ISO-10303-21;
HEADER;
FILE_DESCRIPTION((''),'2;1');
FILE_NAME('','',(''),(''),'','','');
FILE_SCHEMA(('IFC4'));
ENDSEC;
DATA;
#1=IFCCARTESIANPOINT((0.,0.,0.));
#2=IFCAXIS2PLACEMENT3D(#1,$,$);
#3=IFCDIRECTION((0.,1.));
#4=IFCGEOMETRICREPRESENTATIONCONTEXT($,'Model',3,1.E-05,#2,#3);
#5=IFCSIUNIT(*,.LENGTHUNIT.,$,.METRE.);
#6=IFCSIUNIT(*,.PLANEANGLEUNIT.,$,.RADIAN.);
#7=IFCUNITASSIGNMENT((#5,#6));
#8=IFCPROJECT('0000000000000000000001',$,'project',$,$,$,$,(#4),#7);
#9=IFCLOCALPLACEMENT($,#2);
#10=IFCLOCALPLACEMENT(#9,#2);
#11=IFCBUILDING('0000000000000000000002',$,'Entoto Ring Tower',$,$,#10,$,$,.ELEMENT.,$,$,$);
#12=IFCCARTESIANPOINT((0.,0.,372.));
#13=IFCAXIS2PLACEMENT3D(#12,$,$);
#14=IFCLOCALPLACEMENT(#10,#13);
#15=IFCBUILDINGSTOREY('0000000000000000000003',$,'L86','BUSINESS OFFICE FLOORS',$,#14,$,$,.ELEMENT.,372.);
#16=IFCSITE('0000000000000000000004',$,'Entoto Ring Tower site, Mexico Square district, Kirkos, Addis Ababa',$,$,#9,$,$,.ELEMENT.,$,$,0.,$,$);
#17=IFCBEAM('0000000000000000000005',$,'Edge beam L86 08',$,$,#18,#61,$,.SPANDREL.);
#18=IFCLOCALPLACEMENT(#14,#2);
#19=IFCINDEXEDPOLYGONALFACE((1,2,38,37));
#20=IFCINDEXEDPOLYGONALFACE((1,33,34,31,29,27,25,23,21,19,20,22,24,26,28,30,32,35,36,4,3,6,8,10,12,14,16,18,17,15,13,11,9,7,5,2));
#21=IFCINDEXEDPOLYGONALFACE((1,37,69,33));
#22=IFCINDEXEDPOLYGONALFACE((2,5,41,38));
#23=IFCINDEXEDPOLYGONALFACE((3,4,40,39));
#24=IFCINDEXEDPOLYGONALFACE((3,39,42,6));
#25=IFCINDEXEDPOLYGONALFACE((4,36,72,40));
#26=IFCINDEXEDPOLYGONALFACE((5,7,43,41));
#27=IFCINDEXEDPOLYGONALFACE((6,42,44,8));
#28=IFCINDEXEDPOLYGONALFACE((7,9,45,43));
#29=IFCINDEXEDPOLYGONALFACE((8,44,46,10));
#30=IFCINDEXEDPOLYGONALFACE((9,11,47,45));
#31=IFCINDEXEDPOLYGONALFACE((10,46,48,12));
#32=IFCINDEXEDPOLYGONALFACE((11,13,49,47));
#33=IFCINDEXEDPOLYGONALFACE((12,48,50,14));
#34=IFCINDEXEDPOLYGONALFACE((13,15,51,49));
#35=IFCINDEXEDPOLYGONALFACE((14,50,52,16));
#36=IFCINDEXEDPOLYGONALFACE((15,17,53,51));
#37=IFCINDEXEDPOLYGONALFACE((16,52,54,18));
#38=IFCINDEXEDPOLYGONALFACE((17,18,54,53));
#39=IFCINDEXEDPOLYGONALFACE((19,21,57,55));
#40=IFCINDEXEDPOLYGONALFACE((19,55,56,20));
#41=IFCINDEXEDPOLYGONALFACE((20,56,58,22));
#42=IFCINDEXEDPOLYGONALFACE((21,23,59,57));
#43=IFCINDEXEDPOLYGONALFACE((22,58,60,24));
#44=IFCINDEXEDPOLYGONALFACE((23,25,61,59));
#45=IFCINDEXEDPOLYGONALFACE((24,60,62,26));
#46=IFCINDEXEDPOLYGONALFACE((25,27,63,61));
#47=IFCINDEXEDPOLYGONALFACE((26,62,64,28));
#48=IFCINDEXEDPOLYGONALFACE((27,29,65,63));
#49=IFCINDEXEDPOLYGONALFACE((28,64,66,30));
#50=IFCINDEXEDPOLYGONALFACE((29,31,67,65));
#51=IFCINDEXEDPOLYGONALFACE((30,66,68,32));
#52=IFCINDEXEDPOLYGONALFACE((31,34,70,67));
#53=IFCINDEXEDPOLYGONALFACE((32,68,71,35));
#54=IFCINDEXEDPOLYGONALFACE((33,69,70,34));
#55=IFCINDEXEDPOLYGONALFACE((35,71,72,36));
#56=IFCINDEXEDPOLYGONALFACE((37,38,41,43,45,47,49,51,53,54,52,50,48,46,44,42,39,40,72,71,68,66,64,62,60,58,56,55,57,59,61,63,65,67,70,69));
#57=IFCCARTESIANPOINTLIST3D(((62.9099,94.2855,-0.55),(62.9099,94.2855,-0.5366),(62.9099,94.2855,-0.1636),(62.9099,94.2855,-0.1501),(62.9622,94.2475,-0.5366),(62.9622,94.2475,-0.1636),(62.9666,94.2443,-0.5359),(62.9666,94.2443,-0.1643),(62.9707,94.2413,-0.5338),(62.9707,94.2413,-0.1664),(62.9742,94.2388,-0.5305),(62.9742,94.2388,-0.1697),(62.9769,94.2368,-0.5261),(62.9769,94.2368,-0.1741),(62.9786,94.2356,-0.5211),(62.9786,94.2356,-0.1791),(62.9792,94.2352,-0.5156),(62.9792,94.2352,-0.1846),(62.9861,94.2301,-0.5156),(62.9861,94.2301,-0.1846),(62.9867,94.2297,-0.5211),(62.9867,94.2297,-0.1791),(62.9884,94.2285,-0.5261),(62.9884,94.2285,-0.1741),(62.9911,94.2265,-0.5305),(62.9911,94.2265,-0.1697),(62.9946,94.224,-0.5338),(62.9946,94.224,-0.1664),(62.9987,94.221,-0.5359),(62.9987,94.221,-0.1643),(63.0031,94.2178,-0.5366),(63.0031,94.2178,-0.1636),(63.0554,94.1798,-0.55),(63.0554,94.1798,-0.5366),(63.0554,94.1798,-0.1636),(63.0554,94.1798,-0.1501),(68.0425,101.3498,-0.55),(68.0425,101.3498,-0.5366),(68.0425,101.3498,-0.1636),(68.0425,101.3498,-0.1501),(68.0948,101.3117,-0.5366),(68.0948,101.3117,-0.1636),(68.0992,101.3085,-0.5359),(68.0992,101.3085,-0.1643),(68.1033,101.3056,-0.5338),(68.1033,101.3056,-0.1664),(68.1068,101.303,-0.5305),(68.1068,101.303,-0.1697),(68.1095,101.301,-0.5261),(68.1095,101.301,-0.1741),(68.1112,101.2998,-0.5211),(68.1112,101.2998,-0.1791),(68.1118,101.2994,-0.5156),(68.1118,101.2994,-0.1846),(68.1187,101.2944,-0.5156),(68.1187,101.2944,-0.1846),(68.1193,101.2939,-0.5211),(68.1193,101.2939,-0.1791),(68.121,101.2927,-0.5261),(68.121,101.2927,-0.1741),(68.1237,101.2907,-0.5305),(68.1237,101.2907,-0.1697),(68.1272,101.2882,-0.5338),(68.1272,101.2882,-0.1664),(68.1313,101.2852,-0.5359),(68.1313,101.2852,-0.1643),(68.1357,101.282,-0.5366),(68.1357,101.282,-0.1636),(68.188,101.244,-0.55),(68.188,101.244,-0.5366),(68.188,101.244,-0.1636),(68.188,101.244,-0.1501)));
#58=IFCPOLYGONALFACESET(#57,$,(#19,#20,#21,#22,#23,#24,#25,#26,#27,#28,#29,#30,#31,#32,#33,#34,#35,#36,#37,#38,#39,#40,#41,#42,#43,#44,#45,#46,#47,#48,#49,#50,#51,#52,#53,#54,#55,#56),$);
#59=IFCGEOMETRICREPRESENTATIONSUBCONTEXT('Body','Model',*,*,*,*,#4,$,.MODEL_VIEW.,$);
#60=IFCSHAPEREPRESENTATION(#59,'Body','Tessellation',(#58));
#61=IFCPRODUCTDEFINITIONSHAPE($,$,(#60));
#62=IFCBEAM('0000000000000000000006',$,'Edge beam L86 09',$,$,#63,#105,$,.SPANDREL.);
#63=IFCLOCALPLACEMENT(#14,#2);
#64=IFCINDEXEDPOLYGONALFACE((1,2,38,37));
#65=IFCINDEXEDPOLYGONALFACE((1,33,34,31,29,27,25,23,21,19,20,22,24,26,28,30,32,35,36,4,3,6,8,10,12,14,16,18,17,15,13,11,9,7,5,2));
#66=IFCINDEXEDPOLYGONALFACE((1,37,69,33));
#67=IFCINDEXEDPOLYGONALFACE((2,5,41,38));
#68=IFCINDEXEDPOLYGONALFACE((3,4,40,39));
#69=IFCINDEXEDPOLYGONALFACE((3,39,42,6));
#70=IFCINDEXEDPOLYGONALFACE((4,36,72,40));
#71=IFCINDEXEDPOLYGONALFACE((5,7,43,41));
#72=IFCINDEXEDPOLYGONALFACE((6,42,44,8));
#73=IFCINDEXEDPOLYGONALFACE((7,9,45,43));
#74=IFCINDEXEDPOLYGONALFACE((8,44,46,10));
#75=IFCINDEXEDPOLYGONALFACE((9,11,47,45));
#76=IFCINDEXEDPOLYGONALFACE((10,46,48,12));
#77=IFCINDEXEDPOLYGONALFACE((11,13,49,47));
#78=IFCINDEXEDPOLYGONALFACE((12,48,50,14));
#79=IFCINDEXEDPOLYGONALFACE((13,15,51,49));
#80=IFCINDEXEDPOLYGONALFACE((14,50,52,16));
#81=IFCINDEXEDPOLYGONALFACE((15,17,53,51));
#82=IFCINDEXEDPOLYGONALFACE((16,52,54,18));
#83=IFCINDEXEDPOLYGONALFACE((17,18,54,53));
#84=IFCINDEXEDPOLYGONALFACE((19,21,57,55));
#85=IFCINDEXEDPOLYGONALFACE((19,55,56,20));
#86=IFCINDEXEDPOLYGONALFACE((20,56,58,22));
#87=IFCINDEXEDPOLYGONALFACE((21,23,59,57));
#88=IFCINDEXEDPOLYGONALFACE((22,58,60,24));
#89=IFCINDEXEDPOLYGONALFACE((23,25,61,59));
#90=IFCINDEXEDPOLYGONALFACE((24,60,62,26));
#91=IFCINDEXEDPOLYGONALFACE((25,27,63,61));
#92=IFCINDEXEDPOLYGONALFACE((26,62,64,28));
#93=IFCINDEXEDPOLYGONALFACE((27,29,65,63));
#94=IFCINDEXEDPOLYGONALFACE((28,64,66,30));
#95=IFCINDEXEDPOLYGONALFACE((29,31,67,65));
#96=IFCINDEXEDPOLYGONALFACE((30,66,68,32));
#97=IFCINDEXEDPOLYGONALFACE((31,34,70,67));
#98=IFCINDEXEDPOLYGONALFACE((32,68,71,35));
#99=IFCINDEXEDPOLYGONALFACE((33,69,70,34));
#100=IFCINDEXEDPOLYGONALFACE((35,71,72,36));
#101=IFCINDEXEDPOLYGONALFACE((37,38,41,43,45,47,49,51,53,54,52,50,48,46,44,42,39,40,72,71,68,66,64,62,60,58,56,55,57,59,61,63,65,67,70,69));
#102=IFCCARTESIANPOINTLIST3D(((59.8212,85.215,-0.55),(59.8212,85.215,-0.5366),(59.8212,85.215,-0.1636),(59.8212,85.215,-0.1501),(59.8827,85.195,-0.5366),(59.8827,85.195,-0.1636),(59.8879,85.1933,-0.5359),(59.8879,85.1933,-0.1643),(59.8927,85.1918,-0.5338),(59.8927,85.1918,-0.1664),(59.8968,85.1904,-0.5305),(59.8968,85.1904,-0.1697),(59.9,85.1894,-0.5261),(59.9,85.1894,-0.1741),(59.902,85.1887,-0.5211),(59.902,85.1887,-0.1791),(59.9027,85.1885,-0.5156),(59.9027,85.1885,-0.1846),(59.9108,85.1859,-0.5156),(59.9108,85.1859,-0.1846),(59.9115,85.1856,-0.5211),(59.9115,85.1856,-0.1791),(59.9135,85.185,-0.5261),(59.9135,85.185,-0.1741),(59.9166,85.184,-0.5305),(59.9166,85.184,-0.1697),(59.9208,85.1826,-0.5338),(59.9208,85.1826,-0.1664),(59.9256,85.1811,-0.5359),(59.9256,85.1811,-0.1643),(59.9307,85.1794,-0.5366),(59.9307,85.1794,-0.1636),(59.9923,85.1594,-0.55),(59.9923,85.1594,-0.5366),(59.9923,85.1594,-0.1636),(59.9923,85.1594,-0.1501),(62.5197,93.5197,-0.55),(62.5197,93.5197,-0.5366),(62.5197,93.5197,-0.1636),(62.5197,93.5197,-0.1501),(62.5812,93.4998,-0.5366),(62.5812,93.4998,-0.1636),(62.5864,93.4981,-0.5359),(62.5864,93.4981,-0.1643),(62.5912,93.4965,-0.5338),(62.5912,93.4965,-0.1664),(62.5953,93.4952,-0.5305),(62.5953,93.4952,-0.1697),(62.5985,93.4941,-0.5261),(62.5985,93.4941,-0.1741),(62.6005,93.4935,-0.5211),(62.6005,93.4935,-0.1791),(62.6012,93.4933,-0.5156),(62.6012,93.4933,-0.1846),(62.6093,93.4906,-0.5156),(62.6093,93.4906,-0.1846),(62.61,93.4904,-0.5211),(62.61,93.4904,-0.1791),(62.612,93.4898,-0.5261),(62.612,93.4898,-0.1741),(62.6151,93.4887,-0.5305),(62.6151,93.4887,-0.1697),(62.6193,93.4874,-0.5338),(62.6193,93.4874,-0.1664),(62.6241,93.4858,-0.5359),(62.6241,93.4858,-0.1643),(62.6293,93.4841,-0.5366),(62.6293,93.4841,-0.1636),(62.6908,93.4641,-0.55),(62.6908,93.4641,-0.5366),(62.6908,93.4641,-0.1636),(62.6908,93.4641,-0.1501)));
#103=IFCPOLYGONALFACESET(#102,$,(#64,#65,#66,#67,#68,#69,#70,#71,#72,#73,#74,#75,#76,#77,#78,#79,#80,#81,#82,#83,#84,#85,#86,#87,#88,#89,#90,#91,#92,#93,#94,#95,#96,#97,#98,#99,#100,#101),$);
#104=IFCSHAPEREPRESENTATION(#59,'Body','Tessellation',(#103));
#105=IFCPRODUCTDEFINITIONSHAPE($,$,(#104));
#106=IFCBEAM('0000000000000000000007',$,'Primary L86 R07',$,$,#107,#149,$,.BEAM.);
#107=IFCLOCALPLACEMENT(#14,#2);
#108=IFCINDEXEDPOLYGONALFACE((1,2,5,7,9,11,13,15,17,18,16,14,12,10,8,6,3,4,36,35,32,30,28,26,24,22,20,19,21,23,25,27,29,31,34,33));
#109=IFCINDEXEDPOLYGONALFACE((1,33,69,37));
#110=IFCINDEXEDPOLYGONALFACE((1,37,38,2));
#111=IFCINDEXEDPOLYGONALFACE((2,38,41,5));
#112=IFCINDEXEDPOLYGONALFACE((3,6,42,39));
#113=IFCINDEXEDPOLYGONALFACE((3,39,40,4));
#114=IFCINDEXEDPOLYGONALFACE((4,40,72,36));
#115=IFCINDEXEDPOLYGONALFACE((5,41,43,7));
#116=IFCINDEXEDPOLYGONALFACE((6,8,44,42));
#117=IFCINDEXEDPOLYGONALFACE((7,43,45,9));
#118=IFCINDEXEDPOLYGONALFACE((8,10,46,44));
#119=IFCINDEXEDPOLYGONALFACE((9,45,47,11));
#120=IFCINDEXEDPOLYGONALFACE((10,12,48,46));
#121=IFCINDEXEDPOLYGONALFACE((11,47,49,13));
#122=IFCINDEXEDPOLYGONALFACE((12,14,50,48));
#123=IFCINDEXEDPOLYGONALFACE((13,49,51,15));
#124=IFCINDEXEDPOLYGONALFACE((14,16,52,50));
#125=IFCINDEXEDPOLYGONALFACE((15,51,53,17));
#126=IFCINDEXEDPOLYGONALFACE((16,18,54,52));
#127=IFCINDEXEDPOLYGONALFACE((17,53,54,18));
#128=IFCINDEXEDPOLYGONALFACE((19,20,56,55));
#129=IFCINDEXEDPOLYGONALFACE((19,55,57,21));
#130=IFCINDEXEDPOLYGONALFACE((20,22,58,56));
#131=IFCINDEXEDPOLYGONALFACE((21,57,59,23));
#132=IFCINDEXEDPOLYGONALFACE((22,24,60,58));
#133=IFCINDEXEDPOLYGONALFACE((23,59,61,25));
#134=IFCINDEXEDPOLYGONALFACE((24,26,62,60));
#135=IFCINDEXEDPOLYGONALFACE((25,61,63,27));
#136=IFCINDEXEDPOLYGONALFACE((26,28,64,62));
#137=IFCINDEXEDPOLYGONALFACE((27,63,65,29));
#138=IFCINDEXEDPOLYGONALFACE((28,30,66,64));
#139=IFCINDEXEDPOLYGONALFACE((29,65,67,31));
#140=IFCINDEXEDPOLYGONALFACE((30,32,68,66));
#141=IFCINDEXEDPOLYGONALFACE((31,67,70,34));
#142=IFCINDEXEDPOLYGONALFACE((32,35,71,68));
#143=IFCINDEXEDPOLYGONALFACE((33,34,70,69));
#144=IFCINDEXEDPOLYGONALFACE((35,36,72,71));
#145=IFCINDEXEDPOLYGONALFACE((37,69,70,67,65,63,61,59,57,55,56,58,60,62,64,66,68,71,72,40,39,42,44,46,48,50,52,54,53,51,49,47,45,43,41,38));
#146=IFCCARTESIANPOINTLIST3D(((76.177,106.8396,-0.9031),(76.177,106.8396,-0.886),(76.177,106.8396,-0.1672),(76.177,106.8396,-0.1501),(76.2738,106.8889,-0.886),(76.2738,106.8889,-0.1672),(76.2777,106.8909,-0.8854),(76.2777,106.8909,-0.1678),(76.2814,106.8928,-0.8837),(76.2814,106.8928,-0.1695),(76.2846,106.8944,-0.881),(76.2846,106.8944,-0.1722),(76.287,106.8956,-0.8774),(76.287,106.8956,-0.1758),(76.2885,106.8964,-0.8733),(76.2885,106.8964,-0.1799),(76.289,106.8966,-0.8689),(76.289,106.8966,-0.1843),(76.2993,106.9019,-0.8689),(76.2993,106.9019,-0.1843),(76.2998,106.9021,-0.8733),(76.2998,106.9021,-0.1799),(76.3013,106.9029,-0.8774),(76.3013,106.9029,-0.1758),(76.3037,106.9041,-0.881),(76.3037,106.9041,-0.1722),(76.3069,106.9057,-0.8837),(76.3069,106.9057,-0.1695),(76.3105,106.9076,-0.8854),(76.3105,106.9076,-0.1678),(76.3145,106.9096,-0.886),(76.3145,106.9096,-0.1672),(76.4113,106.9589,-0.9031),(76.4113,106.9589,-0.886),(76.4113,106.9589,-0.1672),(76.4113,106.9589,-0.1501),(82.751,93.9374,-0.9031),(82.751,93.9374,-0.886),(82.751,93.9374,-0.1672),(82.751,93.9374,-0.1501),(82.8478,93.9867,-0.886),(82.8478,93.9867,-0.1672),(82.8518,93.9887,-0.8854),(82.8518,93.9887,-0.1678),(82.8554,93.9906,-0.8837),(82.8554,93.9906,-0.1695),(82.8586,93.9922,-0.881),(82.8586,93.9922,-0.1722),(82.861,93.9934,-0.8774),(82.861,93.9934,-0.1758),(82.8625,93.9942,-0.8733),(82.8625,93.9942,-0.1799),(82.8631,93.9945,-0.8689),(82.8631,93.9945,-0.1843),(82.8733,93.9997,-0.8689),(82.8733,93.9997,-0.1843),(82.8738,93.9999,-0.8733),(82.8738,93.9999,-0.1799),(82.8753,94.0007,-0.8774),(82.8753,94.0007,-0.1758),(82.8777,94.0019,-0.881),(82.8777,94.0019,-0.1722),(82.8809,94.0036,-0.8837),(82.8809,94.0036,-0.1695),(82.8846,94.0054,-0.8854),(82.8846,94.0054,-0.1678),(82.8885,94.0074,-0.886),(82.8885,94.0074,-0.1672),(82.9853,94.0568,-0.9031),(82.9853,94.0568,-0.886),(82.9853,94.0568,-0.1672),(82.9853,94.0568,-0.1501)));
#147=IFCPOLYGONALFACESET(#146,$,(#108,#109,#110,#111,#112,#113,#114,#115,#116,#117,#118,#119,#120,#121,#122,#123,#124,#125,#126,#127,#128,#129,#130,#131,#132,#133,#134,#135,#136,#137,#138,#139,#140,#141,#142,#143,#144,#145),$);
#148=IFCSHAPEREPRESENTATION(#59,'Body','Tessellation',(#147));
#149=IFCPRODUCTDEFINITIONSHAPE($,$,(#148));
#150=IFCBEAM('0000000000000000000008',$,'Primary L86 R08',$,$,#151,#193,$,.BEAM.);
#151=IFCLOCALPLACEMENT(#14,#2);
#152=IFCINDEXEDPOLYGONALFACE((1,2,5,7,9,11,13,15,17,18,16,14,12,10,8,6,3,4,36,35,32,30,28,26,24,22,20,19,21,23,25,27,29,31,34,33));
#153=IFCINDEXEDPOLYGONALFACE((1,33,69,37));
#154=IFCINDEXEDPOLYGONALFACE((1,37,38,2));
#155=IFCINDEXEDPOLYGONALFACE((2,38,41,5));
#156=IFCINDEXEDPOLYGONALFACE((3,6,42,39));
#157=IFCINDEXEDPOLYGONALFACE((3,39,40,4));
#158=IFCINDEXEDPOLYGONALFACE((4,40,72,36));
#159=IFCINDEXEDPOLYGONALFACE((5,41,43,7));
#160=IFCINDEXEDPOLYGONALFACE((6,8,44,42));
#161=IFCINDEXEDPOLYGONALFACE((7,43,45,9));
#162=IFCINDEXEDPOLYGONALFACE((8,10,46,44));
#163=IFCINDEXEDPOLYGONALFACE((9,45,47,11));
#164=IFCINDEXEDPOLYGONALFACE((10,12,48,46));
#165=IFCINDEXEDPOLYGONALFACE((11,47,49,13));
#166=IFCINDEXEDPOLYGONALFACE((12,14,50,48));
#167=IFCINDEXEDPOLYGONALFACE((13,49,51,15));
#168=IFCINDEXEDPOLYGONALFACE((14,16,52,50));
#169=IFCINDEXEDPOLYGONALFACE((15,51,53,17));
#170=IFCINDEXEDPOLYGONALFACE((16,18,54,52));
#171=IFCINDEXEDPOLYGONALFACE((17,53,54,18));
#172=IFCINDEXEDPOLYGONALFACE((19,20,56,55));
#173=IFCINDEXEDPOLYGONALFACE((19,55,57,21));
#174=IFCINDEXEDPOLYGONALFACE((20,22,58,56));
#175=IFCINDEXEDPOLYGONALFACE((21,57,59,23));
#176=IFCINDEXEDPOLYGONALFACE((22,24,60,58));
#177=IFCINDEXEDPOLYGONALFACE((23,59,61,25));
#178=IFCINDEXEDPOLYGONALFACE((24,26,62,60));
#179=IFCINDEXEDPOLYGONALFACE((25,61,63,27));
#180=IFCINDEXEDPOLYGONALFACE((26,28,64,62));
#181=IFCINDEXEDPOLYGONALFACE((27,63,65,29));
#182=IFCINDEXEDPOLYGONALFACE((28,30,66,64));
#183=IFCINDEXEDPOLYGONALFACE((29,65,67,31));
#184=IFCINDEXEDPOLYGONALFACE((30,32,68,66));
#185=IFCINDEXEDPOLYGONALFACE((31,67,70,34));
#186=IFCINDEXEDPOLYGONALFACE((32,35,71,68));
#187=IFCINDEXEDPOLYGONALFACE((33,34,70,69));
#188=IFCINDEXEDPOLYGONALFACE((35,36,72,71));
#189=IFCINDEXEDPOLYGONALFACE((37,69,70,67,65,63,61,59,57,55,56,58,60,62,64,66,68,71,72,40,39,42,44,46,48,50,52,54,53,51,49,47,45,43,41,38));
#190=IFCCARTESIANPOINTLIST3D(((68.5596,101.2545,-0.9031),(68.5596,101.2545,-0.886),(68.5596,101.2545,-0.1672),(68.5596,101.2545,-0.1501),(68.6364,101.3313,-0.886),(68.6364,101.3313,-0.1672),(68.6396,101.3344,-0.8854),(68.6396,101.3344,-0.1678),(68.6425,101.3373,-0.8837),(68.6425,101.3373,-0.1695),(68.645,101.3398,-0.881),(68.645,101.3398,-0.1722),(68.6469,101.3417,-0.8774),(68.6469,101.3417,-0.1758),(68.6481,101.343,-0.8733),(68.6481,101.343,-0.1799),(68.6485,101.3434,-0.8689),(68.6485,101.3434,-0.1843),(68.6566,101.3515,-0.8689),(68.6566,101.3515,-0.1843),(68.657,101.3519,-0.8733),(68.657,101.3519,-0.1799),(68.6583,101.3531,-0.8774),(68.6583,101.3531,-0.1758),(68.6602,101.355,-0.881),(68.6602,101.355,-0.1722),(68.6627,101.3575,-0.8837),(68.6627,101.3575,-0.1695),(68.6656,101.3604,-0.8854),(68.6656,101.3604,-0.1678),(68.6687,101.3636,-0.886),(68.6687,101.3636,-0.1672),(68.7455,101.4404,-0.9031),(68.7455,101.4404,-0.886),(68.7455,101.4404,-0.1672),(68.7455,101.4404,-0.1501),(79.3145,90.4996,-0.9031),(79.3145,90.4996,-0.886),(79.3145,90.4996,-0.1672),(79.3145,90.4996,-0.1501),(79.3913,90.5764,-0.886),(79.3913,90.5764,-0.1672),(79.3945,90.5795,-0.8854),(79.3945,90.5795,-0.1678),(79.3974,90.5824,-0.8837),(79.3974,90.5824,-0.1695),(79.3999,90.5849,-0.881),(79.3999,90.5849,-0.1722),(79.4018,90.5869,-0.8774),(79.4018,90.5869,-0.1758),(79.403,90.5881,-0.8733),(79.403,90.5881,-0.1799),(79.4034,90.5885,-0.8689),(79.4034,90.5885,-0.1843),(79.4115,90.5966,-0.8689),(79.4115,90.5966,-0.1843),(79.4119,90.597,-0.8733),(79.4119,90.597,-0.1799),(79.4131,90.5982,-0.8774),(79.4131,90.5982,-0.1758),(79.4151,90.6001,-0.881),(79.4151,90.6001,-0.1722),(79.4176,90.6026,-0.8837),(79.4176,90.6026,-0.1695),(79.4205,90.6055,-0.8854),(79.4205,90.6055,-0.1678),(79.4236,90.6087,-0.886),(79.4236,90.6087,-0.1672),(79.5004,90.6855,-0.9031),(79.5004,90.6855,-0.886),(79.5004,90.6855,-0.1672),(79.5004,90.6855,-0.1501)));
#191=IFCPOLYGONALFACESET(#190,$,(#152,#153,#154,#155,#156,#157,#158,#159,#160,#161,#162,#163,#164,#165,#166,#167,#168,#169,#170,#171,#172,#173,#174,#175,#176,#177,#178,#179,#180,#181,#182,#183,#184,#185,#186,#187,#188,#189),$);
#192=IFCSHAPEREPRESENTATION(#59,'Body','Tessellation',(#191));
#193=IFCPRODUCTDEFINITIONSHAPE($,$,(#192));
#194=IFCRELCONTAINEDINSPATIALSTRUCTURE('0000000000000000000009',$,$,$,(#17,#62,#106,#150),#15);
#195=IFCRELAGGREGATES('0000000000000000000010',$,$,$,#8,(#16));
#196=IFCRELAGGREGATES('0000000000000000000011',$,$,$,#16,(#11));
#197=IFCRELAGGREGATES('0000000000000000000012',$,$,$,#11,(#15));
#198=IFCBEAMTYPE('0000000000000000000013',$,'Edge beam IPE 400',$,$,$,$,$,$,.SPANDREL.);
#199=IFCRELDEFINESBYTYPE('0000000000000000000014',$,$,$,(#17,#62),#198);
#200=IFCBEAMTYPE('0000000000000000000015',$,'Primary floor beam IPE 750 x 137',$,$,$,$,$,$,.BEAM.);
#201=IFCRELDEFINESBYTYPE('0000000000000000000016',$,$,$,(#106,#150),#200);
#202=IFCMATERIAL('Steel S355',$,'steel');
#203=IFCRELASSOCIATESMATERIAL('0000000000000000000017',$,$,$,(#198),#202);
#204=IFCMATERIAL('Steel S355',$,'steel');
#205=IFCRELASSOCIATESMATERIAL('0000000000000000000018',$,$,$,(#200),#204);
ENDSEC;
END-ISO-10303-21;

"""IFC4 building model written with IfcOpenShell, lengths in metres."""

from ifc_helpers import new_model, si_unit, direction, frame, origin, origin_2d, place, context, subcontext, project, spatial, i_section, extrude, material, material_profile, profile_set, type_object, element, save


model = new_model("IFC4")

# Units and contexts
model_context = context("Model", 3, precision=1e-05, world=origin(), true_north=direction((0.0, 1.0)))
body_context = subcontext(model_context, "Body", "Model", "MODEL_VIEW")
ifc_project = project(units=[si_unit("LENGTHUNIT", "METRE"), si_unit("PLANEANGLEUNIT", "RADIAN")], contexts=[model_context])

# Site, building, storey
site_placement = place(None, origin())
site = spatial("IfcSite", under=ifc_project, at=site_placement, Name="Entoto Ring Tower site, Mexico Square district, Kirkos, Addis Ababa", CompositionType="ELEMENT", RefElevation=0.0)
building_placement = place(site_placement, origin())
building = spatial("IfcBuilding", under=site, at=building_placement, Name="Entoto Ring Tower", CompositionType="ELEMENT")
storey_placement = place(building_placement, frame((0.0, 0.0, 372.0)))
storey = spatial("IfcBuildingStorey", under=building, at=storey_placement, Name="L86", Description="BUSINESS OFFICE FLOORS", CompositionType="ELEMENT", Elevation=372.0)

# Beams
ifc_material_1 = material(Name="Steel S355", Category="steel")
ifc_material_profile_1 = material_profile(ifc_material_1, i_section(OverallWidth=0.1799, OverallDepth=0.3999, WebThickness=0.0085, FlangeThickness=0.0134, FilletRadius=0.021, at=origin_2d()), Name="IPE 400")
ifc_profile_set_1 = profile_set([ifc_material_profile_1], Name="Steel S355")
beam_type_1 = type_object("IfcBeamType", Name="Edge beam IPE 400", PredefinedType="SPANDREL", material=ifc_profile_set_1)
for number, where, z_axis, x_axis, name in (
    (1, (68.1152, 101.2969, -0.3501), (-0.587794, -0.80901, 0.0), (0.80901, -0.587794, 0.0), "Edge beam L86 08"),
):
    element("IfcBeam", number, at=place(storey_placement, frame(where, z_axis=z_axis, x_axis=x_axis)), inside=storey, type_object=beam_type_1, Name=name, PredefinedType="SPANDREL", context=body_context, shape_type="SweptSolid", body=[
        extrude(i_section(OverallWidth=0.1799, OverallDepth=0.3999, WebThickness=0.0085, FlangeThickness=0.0134, FilletRadius=0.021, at=origin_2d()), origin(), (0.0, 0.0, 1.0), 8.7319),
    ])
beam_1_placement = place(storey_placement, frame((62.6052, 93.4919, -0.3501), z_axis=(-0.30903, -0.951052, 0.0), x_axis=(0.951052, -0.30903, 0.0)))
element("IfcBeam", 2, at=beam_1_placement, inside=storey, type_object=beam_type_1, Name="Edge beam L86 09", PredefinedType="SPANDREL", context=body_context, shape_type="SweptSolid", body=[
    extrude(i_section(OverallWidth=0.1799, OverallDepth=0.3999, WebThickness=0.0085, FlangeThickness=0.0134, FilletRadius=0.021, at=origin_2d()), origin(), (0.0, 0.0, 1.0), 8.7322),
])
ifc_material_2 = material(Name="Steel S355", Category="steel")
ifc_material_profile_2 = material_profile(ifc_material_2, i_section(OverallWidth=0.2629, OverallDepth=0.7529, WebThickness=0.0115, FlangeThickness=0.0171, FilletRadius=0.0171, at=origin_2d()), Name="IPE 750 x 137")
ifc_profile_set_2 = profile_set([ifc_material_profile_2], Name="Steel S355")
beam_type_2 = type_object("IfcBeamType", Name="Primary floor beam IPE 750 x 137", PredefinedType="BEAM", material=ifc_profile_set_2)
beam_2_placement = place(storey_placement, frame((82.8682, 93.9971, -0.5266), z_axis=(-0.453992, 0.891006, 0.0), x_axis=(-0.891006, -0.453992, 0.0)))
element("IfcBeam", 3, at=beam_2_placement, inside=storey, type_object=beam_type_2, Name="Primary L86 R07", PredefinedType="BEAM", context=body_context, shape_type="SweptSolid", body=[
    extrude(i_section(OverallWidth=0.2629, OverallDepth=0.7529, WebThickness=0.0115, FlangeThickness=0.0171, FilletRadius=0.0171, at=origin_2d()), origin(), (0.0, 0.0, 1.0), 14.4805),
])
beam_3_placement = place(storey_placement, frame((79.4075, 90.5925, -0.5266), z_axis=(-0.707107, 0.707107, 0.0), x_axis=(-0.707107, -0.707107, 0.0)))
element("IfcBeam", 4, at=beam_3_placement, inside=storey, type_object=beam_type_2, Name="Primary L86 R08", PredefinedType="BEAM", context=body_context, shape_type="SweptSolid", body=[
    extrude(i_section(OverallWidth=0.2629, OverallDepth=0.7529, WebThickness=0.0115, FlangeThickness=0.0171, FilletRadius=0.0171, at=origin_2d()), origin(), (0.0, 0.0, 1.0), 15.2097),
])

save(model, "model.ifc")
